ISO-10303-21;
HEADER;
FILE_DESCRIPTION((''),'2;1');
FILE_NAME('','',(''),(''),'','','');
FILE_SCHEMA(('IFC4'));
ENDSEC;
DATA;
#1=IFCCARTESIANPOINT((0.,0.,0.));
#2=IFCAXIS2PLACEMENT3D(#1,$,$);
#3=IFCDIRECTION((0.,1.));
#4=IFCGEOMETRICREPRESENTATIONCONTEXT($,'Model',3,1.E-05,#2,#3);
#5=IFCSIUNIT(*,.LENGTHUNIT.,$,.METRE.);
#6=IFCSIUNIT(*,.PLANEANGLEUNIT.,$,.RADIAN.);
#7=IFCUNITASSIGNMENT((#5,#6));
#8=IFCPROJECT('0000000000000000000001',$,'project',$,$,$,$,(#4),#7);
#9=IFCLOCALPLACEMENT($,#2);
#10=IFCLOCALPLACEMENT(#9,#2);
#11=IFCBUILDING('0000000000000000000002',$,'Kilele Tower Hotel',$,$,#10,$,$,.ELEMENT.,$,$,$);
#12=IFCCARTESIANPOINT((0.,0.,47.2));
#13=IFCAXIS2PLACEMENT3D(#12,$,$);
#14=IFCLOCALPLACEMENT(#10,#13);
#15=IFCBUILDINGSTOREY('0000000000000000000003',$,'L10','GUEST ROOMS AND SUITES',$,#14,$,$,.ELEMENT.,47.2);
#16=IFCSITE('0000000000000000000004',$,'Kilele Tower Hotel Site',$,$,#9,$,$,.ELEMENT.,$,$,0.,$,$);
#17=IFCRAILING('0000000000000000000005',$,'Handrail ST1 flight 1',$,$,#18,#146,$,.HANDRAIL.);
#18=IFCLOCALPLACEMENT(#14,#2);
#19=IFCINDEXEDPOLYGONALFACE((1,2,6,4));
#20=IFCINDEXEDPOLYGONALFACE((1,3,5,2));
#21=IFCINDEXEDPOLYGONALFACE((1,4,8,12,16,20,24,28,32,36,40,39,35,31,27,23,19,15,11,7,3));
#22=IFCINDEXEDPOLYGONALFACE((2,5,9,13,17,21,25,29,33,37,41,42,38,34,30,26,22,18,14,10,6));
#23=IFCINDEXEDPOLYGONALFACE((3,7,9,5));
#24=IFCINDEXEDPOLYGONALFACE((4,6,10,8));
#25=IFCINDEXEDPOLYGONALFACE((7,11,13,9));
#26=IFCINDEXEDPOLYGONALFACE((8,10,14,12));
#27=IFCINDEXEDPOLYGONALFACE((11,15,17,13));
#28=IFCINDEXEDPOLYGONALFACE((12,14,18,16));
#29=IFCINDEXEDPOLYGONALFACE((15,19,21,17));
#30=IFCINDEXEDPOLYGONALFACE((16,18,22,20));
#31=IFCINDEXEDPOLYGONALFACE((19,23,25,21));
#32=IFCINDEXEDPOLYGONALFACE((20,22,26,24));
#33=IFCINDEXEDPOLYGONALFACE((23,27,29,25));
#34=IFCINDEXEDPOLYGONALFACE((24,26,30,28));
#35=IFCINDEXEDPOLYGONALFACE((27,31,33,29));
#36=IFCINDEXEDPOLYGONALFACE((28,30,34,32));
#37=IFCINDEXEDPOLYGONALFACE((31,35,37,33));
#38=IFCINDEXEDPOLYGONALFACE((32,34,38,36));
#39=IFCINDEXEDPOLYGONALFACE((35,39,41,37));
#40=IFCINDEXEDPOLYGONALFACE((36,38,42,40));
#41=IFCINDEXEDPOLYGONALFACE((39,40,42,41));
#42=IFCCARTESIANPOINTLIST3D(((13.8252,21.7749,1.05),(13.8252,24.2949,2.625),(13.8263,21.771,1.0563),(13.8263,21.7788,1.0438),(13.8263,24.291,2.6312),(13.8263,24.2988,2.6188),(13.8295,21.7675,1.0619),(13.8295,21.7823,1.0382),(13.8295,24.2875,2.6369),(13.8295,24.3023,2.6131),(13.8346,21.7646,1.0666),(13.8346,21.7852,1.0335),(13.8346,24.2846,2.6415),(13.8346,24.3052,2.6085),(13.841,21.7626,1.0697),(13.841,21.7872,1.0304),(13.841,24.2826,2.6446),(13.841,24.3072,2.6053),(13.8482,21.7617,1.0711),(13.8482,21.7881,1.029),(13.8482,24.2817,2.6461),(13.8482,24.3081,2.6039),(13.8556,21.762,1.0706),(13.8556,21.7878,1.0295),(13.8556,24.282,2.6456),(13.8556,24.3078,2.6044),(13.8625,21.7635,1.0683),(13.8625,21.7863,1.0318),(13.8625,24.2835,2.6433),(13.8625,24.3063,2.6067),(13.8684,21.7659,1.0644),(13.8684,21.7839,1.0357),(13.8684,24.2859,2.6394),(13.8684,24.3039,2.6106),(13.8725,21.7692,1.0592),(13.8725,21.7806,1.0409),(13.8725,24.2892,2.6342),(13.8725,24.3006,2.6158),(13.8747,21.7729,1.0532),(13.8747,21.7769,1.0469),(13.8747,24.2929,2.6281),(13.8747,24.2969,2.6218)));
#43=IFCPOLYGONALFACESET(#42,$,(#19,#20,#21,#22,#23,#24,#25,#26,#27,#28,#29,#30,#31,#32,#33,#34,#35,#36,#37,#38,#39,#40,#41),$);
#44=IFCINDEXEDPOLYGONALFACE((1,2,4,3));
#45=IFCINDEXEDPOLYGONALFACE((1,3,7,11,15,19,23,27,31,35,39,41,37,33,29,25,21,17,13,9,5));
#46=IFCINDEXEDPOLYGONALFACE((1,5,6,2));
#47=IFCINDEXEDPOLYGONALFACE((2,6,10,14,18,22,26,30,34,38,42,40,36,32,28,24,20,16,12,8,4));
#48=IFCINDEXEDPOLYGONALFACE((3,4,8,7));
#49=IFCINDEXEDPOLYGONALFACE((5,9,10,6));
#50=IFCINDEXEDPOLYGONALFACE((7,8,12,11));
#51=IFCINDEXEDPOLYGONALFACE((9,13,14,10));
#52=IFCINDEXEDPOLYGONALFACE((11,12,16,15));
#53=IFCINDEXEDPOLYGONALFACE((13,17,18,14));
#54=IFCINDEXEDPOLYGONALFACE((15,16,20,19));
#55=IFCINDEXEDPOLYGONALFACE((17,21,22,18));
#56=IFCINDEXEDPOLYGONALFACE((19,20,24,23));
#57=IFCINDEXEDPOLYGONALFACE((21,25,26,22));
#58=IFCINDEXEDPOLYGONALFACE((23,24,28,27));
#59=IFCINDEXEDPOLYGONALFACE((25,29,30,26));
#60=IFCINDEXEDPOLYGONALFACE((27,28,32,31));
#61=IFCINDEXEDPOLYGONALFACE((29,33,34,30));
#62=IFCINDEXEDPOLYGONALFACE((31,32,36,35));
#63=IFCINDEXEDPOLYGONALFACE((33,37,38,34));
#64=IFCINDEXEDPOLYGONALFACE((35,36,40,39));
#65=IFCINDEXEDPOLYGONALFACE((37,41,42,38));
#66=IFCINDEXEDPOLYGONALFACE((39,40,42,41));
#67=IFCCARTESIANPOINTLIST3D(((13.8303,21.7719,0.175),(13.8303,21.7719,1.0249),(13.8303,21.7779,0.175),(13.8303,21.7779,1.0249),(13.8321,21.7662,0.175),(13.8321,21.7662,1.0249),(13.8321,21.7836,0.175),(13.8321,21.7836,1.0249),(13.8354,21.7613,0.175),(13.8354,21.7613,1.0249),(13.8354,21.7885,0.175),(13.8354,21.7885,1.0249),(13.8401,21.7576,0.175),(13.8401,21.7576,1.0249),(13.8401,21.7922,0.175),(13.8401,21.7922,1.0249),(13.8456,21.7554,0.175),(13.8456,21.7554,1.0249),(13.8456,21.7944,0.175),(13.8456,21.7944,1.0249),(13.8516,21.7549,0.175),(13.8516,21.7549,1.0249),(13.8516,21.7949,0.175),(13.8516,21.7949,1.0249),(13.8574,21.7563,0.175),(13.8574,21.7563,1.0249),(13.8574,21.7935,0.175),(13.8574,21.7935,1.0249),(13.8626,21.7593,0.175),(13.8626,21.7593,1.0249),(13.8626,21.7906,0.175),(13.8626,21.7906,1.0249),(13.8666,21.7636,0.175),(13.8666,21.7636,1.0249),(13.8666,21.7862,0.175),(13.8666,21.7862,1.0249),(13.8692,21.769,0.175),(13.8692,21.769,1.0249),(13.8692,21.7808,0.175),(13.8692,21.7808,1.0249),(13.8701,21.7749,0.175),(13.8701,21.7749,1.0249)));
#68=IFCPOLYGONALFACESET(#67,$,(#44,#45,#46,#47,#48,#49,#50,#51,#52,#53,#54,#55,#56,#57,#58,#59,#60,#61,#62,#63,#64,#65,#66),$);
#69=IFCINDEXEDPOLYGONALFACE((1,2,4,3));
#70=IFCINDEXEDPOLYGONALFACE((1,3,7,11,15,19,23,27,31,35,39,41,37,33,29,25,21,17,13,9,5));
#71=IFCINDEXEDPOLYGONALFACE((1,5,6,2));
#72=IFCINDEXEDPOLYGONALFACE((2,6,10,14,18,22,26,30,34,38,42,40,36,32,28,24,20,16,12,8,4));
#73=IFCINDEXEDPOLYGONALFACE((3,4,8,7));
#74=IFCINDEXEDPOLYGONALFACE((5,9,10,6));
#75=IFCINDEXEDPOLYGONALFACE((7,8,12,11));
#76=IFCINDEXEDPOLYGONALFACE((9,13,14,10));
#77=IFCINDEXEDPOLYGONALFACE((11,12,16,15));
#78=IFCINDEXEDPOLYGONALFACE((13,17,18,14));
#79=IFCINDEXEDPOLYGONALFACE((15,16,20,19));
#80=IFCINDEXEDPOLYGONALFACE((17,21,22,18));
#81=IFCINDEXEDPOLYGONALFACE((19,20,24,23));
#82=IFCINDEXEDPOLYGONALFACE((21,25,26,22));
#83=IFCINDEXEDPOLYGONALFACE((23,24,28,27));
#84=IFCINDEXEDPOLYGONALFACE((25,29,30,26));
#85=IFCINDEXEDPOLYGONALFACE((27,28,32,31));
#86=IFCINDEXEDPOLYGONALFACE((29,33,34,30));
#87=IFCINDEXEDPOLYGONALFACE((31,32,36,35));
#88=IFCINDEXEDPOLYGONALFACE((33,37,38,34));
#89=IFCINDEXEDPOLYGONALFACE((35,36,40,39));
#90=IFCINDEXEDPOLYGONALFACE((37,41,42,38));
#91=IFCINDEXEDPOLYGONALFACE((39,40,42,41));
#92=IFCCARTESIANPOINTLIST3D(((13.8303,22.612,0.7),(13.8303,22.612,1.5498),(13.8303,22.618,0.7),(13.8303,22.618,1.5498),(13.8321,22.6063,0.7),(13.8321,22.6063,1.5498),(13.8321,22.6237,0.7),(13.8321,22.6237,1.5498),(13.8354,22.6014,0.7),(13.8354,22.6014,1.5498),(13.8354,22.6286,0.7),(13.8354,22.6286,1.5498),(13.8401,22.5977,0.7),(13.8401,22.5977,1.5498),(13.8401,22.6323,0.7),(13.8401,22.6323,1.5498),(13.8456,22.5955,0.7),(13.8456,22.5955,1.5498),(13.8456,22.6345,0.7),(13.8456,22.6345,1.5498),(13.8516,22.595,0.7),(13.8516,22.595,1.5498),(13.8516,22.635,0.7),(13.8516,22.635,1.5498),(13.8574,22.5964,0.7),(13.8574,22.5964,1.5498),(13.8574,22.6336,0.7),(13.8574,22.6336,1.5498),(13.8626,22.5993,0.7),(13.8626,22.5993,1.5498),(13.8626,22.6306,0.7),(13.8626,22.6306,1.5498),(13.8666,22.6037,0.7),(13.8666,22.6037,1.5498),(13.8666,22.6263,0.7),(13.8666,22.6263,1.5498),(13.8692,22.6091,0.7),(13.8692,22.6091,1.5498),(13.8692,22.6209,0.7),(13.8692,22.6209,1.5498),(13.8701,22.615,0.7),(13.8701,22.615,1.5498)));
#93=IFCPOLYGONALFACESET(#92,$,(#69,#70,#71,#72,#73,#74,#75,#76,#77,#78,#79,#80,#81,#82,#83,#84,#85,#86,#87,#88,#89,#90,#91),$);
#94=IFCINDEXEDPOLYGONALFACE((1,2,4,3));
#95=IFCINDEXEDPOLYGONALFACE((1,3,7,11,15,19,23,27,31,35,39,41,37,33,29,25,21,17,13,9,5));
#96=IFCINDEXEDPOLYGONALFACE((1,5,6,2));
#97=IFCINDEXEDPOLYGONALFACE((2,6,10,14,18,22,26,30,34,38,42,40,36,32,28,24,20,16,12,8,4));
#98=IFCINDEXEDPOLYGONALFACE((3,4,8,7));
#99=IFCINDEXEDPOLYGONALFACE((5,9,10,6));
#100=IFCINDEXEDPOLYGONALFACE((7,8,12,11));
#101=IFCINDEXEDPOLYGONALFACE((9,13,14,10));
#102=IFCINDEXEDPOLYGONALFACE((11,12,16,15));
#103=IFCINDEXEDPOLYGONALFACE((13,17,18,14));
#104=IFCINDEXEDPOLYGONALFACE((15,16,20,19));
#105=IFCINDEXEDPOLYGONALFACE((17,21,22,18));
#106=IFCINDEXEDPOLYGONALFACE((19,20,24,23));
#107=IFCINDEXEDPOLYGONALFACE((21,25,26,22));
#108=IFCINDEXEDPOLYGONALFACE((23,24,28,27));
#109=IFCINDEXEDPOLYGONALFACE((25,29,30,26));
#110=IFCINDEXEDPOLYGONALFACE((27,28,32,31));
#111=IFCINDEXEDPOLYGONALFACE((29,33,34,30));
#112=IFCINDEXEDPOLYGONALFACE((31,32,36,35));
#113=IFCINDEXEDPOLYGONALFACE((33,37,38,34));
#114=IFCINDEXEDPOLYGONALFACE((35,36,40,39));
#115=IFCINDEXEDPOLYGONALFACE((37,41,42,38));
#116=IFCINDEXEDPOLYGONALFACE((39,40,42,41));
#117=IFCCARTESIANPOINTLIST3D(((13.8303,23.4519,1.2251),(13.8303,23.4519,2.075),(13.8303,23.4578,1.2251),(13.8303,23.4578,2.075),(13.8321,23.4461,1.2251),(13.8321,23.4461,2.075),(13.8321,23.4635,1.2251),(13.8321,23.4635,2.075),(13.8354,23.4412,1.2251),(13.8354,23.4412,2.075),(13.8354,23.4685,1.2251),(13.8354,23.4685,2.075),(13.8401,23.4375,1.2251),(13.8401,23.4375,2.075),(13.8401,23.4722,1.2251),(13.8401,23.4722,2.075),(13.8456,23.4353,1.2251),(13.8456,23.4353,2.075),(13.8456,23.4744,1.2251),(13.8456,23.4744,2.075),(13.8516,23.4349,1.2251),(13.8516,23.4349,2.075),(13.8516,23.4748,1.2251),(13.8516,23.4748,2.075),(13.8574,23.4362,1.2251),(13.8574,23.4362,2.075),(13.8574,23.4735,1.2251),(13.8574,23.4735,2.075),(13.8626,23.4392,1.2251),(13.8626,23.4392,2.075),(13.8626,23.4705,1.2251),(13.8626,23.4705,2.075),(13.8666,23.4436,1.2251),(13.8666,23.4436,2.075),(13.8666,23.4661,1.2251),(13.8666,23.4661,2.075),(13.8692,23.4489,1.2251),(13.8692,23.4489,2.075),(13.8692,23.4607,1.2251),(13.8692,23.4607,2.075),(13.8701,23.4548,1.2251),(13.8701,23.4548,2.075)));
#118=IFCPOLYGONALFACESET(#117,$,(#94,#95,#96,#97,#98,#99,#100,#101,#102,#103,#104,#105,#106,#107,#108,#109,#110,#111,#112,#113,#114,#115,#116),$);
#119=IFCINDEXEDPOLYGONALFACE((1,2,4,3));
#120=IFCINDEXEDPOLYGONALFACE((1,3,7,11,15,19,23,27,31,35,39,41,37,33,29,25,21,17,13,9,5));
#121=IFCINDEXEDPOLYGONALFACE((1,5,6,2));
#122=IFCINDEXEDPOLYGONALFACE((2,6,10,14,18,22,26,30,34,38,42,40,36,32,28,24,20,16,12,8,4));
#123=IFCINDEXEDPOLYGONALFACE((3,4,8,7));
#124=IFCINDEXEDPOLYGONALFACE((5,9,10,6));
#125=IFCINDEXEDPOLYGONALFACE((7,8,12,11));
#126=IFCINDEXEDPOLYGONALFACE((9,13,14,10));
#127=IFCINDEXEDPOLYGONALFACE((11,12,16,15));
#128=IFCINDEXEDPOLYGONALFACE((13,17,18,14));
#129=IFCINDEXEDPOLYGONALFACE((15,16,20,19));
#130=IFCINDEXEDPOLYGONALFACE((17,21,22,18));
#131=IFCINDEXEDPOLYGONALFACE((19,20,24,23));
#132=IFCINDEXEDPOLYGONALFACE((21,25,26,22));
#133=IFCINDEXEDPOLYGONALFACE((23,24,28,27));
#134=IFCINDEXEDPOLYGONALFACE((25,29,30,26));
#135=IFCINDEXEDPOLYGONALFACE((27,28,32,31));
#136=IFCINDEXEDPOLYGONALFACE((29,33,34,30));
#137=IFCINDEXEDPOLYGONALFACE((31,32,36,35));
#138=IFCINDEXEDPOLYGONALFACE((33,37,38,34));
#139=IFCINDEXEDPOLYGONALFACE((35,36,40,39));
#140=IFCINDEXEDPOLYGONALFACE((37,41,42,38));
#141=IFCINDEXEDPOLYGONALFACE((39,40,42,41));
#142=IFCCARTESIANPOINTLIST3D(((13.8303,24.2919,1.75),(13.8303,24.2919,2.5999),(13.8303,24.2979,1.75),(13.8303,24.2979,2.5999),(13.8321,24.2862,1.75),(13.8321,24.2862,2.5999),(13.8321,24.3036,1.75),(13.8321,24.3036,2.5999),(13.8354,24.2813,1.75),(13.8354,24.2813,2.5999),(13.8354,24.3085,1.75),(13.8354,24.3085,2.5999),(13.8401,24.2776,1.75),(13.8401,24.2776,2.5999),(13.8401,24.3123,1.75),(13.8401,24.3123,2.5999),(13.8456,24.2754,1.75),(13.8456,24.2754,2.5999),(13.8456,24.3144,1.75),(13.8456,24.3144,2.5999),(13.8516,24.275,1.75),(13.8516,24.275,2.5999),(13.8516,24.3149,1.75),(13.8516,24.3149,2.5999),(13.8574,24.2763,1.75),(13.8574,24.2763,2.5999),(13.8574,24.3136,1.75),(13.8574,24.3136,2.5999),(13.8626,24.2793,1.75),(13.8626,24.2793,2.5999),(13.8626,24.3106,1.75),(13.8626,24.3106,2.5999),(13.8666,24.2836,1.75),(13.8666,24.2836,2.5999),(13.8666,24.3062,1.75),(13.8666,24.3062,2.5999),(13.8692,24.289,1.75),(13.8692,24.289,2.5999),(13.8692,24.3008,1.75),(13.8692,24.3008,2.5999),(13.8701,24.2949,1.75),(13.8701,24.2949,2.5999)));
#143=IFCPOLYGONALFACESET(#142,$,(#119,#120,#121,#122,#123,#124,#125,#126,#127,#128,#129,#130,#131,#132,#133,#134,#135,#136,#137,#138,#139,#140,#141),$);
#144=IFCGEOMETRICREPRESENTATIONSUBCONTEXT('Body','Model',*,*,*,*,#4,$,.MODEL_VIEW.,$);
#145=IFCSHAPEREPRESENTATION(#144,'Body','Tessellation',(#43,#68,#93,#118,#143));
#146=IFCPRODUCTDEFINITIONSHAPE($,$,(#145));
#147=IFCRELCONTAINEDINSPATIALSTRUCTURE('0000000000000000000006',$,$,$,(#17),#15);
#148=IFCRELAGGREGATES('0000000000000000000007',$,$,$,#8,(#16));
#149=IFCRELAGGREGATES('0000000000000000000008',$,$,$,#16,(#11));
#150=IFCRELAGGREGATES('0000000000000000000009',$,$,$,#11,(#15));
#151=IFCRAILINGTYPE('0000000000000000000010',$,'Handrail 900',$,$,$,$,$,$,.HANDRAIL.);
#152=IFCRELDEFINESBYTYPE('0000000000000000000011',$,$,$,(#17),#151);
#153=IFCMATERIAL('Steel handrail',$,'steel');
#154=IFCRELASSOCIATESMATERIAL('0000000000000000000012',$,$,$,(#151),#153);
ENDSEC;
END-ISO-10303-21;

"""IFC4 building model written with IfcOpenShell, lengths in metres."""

from ifc_helpers import new_model, si_unit, direction, frame, origin, origin_2d, place, context, subcontext, project, spatial, circle, extrude, material, type_object, element, save


model = new_model("IFC4")

# Units and contexts
model_context = context("Model", 3, precision=1e-05, world=origin(), true_north=direction((0.0, 1.0)))
body_context = subcontext(model_context, "Body", "Model", "MODEL_VIEW")
ifc_project = project(units=[si_unit("LENGTHUNIT", "METRE"), si_unit("PLANEANGLEUNIT", "RADIAN")], contexts=[model_context])

# Site, building, storey
site_placement = place(None, origin())
site = spatial("IfcSite", under=ifc_project, at=site_placement, Name="Kilele Tower Hotel Site", CompositionType="ELEMENT", RefElevation=0.0)
building_placement = place(site_placement, origin())
building = spatial("IfcBuilding", under=site, at=building_placement, Name="Kilele Tower Hotel", CompositionType="ELEMENT")
storey_placement = place(building_placement, frame((0.0, 0.0, 47.2)))
storey = spatial("IfcBuildingStorey", under=building, at=storey_placement, Name="L10", Description="GUEST ROOMS AND SUITES", CompositionType="ELEMENT", Elevation=47.2)

# Railing
ifc_material_1 = material(Name="Steel handrail", Category="steel")
railing_type_1 = type_object("IfcRailingType", Name="Handrail 900", PredefinedType="HANDRAIL", material=ifc_material_1)
for number, where, name in (
    (1, (13.8501, 21.7749, 0.175), "Handrail ST1 flight 1"),
):
    element("IfcRailing", number, at=place(storey_placement, frame(where)), inside=storey, type_object=railing_type_1, Name=name, PredefinedType="HANDRAIL", context=body_context, shape_type="SweptSolid", body=[
        extrude(circle(Radius=0.0249, at=origin_2d()), frame((0.0, 0.0, 0.875), z_axis=(0.0, 0.848008, 0.529984), x_axis=(-1.0, 0.0, 0.0)), (0.0, 0.0, 1.0), 2.9717),
        extrude(circle(Radius=0.02, at=origin_2d()), origin(), (0.0, 0.0, 1.0), 0.8499),
        extrude(circle(Radius=0.02, at=origin_2d()), frame((0.0, 0.8401, 0.5249)), (0.0, 0.0, 1.0), 0.8499),
        extrude(circle(Radius=0.02, at=origin_2d()), frame((0.0, 1.6799, 1.05)), (0.0, 0.0, 1.0), 0.8499),
        extrude(circle(Radius=0.02, at=origin_2d()), frame((0.0, 2.52, 1.575)), (0.0, 0.0, 1.0), 0.8499),
    ])

save(model, "model.ifc")
